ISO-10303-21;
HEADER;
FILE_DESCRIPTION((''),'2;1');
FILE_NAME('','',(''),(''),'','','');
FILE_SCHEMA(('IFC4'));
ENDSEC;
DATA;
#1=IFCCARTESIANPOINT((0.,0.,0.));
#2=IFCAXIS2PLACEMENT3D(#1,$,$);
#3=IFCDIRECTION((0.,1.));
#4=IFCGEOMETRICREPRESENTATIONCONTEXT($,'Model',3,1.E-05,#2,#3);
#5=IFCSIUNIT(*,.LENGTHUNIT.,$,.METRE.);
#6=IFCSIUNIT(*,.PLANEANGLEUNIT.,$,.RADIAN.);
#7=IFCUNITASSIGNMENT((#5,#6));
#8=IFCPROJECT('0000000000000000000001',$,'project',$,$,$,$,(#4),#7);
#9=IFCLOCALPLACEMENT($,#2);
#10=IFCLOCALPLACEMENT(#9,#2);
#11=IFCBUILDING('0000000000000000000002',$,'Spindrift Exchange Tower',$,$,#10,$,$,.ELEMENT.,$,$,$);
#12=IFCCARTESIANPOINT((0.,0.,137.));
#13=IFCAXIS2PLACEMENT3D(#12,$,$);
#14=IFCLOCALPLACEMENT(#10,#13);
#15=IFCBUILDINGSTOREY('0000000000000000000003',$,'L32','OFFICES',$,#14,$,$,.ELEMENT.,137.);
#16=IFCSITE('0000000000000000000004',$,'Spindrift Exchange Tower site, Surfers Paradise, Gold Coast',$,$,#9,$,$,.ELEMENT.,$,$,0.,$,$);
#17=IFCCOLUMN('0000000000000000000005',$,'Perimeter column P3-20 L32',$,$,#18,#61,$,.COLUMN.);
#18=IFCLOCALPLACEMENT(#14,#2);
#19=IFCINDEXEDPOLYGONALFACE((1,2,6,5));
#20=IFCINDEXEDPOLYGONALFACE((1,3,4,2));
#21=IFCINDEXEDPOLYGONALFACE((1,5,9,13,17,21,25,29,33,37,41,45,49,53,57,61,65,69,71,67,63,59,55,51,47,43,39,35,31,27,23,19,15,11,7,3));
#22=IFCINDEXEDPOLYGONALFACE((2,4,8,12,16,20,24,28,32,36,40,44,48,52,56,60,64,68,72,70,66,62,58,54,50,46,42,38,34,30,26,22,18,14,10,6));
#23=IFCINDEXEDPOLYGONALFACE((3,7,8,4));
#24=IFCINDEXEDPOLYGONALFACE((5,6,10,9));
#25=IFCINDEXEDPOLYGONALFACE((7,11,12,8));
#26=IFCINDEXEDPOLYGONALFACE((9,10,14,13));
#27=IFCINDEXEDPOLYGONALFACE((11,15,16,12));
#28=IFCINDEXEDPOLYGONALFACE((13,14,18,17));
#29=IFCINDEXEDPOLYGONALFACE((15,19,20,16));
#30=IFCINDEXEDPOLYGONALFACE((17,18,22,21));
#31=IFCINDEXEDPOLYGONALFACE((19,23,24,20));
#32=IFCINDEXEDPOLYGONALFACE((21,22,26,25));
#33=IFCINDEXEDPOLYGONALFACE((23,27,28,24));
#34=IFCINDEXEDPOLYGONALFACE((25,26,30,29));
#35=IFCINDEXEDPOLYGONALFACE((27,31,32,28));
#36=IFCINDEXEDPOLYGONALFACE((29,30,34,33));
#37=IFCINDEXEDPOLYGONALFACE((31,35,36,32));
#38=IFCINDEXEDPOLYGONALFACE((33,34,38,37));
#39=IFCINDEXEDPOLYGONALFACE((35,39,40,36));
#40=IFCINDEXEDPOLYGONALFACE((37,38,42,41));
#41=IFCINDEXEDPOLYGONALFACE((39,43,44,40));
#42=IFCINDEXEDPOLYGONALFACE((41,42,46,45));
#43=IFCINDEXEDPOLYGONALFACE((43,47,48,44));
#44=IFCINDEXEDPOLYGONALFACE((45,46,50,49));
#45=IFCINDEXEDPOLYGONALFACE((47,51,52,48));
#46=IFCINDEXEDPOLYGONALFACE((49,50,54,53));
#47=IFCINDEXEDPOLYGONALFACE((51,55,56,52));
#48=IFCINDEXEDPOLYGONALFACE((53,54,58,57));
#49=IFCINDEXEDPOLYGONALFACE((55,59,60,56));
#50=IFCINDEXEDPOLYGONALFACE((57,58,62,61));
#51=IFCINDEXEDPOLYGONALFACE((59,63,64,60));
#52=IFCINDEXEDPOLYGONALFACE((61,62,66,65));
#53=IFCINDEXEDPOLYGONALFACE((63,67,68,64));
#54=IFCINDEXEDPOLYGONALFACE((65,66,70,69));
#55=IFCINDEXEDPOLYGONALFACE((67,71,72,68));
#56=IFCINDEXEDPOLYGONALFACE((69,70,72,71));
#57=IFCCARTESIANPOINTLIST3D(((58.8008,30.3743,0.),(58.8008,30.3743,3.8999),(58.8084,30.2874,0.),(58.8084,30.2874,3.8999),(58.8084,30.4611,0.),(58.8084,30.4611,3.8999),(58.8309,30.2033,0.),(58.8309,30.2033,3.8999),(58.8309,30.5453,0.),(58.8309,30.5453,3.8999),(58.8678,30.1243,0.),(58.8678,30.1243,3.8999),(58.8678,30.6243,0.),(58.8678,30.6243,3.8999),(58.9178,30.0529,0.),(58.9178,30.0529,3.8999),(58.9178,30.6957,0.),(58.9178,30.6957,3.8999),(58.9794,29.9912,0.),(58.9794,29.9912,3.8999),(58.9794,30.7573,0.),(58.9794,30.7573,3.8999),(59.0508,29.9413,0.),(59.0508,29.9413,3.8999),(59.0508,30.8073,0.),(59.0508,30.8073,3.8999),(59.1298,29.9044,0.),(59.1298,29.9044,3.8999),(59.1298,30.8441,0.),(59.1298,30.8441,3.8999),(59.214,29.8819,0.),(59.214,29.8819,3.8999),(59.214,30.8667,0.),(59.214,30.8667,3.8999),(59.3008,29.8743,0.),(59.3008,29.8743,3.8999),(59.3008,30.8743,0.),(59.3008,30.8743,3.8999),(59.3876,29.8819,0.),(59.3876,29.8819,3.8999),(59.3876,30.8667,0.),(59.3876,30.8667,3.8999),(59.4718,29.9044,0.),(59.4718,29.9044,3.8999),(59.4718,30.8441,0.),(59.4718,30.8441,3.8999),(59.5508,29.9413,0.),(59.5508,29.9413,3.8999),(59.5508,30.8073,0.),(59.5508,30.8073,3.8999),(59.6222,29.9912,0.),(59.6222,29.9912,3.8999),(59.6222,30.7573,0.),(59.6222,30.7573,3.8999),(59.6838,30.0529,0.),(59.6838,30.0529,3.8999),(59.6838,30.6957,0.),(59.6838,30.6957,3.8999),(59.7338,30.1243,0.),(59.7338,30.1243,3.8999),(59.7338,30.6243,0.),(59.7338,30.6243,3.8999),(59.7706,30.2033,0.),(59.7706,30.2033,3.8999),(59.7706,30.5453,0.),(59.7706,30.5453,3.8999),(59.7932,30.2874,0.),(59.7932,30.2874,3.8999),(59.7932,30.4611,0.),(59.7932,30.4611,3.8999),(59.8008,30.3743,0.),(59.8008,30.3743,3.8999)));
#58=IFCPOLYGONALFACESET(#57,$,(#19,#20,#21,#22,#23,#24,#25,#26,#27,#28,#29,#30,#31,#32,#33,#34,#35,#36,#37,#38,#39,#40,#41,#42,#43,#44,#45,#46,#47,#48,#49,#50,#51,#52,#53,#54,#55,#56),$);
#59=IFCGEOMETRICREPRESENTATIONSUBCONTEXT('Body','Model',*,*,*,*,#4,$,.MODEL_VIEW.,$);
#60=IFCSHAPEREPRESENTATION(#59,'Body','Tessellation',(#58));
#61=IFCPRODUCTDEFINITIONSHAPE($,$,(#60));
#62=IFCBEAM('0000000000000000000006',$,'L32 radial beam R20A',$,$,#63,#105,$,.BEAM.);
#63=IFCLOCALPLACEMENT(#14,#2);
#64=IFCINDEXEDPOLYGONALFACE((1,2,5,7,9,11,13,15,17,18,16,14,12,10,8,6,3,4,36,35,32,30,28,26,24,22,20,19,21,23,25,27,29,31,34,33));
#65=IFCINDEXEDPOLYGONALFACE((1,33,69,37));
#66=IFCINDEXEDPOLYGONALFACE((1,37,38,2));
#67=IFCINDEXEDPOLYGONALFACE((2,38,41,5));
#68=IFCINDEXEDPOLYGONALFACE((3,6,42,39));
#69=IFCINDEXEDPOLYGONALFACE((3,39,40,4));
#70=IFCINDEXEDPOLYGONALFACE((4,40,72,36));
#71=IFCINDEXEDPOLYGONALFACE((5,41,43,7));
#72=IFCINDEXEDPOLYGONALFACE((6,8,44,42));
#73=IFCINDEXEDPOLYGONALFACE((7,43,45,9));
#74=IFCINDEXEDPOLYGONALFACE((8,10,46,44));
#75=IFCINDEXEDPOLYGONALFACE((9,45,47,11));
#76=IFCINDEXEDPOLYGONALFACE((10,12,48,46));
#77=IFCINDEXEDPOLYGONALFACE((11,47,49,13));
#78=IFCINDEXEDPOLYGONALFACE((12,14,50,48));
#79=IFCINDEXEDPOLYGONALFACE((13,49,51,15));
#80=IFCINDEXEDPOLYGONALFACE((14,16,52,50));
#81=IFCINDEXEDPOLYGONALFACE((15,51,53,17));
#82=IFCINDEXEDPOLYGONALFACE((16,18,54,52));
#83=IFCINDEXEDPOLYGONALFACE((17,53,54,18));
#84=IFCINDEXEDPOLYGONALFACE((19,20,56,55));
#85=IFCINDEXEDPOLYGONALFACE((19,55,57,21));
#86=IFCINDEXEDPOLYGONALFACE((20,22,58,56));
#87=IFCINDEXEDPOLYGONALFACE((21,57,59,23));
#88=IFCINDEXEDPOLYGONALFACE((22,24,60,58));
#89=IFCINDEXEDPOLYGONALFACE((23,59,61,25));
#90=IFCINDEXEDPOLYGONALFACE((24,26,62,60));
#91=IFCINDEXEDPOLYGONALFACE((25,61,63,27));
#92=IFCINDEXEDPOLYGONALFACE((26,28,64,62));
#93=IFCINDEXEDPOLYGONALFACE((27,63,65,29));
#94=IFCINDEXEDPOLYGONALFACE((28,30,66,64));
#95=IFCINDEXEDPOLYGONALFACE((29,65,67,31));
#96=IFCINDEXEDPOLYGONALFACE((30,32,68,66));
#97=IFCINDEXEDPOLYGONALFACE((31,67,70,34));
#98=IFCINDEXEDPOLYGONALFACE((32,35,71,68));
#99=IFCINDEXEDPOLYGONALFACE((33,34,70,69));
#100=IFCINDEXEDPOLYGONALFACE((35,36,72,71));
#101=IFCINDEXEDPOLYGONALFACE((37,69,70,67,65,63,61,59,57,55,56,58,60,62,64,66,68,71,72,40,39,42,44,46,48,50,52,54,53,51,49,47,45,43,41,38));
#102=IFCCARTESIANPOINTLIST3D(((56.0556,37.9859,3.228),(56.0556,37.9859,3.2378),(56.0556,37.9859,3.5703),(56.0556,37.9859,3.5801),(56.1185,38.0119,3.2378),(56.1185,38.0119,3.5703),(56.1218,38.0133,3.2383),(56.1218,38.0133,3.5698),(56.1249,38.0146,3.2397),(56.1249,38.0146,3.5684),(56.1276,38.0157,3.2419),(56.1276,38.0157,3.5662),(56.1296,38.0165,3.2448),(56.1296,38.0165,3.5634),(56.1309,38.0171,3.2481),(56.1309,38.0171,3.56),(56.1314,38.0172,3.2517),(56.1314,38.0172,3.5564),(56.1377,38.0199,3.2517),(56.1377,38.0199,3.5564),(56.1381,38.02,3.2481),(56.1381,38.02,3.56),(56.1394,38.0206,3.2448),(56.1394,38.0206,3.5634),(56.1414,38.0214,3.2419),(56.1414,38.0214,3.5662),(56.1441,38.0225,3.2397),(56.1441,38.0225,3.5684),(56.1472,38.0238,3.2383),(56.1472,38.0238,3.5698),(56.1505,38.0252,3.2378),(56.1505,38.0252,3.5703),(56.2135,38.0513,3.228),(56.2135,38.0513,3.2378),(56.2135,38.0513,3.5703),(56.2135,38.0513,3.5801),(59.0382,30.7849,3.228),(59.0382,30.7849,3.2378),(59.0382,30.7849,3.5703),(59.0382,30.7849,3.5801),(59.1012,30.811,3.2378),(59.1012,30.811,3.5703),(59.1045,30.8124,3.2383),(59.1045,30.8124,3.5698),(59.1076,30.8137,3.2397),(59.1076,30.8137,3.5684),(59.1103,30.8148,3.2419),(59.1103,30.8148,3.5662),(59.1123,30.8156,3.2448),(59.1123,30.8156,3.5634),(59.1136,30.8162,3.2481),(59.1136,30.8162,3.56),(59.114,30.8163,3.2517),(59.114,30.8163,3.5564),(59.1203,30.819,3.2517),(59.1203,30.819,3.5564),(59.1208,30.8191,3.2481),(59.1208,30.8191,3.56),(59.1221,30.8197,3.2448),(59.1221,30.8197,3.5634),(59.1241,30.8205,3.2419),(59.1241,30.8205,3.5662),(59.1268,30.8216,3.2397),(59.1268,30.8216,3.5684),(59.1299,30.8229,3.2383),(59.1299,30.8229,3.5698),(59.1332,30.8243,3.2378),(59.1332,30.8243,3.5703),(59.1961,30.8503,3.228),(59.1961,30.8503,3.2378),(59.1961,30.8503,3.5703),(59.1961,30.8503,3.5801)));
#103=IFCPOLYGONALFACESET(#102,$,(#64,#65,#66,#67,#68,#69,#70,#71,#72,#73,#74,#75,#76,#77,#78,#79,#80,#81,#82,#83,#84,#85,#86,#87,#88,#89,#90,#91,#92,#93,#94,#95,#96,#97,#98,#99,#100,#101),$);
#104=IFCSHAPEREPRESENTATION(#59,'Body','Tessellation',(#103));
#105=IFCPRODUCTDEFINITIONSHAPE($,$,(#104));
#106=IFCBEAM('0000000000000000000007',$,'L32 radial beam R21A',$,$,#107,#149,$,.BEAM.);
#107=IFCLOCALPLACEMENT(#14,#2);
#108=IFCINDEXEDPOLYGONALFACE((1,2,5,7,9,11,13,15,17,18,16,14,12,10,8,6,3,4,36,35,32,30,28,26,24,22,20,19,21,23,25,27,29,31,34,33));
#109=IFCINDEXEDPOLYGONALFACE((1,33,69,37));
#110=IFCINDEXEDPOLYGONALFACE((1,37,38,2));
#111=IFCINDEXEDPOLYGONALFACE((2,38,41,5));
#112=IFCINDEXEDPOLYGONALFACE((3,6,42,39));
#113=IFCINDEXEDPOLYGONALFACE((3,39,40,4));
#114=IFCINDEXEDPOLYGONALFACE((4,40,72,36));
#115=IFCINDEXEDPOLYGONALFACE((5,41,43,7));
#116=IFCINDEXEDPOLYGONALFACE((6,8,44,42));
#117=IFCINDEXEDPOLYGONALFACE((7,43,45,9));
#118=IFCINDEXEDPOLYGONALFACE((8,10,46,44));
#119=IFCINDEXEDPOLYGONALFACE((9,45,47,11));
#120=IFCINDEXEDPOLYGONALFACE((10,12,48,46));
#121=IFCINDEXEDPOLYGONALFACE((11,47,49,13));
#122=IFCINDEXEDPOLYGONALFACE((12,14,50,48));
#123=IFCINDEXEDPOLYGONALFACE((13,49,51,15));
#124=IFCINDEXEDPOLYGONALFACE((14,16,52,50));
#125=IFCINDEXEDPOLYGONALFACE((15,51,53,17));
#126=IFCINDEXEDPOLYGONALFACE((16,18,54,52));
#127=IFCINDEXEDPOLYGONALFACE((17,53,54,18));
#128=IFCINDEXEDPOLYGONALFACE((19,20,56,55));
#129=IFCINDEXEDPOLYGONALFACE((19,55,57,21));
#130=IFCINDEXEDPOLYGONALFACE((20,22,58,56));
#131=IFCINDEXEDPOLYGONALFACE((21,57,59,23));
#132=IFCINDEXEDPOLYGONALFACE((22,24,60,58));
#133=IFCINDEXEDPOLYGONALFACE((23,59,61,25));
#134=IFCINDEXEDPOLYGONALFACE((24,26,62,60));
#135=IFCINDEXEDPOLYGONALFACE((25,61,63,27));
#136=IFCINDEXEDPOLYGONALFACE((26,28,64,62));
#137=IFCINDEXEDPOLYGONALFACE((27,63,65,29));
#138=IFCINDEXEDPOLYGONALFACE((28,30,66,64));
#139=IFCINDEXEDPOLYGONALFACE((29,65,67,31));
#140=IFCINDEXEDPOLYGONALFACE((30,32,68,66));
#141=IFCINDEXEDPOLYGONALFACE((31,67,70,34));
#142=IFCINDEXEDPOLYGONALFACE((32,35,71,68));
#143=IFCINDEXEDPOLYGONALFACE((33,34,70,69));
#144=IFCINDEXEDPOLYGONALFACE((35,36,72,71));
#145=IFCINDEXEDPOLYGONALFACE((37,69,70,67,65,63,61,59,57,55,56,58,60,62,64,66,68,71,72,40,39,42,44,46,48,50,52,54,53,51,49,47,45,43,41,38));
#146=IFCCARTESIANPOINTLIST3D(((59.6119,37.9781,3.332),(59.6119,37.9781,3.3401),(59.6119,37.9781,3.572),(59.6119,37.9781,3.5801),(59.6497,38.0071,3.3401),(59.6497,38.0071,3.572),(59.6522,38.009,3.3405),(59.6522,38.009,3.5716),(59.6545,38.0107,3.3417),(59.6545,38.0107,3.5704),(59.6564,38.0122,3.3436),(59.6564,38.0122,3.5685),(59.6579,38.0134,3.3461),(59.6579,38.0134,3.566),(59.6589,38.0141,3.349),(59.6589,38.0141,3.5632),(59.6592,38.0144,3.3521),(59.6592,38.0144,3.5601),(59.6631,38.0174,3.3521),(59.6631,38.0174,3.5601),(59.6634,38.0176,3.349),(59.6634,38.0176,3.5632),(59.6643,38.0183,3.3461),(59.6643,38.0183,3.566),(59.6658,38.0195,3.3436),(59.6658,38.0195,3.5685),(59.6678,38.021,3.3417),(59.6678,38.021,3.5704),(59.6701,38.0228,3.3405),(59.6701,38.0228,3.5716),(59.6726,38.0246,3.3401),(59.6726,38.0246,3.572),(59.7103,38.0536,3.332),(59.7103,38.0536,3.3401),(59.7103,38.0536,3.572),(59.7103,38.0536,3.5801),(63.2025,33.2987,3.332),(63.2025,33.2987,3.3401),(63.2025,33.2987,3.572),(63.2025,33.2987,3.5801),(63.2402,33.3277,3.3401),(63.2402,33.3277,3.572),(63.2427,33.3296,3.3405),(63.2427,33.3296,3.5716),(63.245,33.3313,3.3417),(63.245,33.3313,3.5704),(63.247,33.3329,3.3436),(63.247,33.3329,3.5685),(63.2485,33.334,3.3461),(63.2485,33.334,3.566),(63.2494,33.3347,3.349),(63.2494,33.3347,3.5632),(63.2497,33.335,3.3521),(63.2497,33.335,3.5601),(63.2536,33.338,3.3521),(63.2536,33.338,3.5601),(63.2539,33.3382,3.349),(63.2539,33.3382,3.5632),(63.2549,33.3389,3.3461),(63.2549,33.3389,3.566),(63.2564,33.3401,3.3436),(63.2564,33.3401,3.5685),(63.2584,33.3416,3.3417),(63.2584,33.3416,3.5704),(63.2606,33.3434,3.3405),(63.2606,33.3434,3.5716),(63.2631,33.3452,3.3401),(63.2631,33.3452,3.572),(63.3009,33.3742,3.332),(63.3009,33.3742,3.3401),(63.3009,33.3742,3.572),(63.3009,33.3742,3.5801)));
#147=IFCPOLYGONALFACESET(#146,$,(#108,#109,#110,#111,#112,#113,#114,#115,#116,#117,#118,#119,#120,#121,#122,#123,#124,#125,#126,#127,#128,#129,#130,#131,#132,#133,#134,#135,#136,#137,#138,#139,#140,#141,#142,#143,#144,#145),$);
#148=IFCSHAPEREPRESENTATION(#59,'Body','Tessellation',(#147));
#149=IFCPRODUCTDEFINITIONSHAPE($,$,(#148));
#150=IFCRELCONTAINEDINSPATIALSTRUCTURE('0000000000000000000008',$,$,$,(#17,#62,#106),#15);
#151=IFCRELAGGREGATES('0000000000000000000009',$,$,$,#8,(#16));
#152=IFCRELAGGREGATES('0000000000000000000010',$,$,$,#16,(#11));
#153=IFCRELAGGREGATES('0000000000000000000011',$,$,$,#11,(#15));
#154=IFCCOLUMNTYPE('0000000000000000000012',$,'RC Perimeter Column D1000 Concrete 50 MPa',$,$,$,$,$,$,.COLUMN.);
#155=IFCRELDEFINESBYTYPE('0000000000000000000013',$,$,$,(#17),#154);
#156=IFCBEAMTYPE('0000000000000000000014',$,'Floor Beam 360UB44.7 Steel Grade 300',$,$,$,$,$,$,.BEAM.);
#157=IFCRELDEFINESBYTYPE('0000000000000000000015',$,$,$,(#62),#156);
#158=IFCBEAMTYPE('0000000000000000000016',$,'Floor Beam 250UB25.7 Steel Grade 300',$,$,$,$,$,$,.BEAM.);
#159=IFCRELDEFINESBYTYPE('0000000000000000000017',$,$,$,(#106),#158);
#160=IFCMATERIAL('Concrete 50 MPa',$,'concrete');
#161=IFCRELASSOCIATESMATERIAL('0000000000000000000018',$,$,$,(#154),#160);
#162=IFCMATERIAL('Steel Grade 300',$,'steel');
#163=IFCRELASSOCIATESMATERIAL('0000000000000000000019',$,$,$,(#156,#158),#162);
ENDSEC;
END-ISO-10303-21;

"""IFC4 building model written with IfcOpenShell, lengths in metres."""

from ifc_helpers import new_model, si_unit, direction, frame, origin, origin_2d, place, context, subcontext, project, spatial, circle, i_section, extrude, source, transform, mapped, material, material_profile, profile_set, type_object, element, save


model = new_model("IFC4")

# Units and contexts
model_context = context("Model", 3, precision=1e-05, world=origin(), true_north=direction((0.0, 1.0)))
body_context = subcontext(model_context, "Body", "Model", "MODEL_VIEW")
ifc_project = project(units=[si_unit("LENGTHUNIT", "METRE"), si_unit("PLANEANGLEUNIT", "RADIAN")], contexts=[model_context])

# Site, building, storey
site_placement = place(None, origin())
site = spatial("IfcSite", under=ifc_project, at=site_placement, Name="Spindrift Exchange Tower site, Surfers Paradise, Gold Coast", CompositionType="ELEMENT", RefElevation=0.0)
building_placement = place(site_placement, origin())
building = spatial("IfcBuilding", under=site, at=building_placement, Name="Spindrift Exchange Tower", CompositionType="ELEMENT")
storey_placement = place(building_placement, frame((0.0, 0.0, 137.0)))
storey = spatial("IfcBuildingStorey", under=building, at=storey_placement, Name="L32", Description="OFFICES", CompositionType="ELEMENT", Elevation=137.0)

# Column
ifc_material_1 = material(Name="Concrete 50 MPa", Category="concrete")
ifc_material_profile_1 = material_profile(ifc_material_1, circle(Radius=0.5, at=origin_2d()), Name="RC D1000")
ifc_profile_set_1 = profile_set([ifc_material_profile_1], Name="Concrete 50 MPa")
column_type = type_object("IfcColumnType", Name="RC Perimeter Column D1000 Concrete 50 MPa", PredefinedType="COLUMN", material=ifc_profile_set_1)
shared_shape_1 = source(origin(), body_context, "Body", "SweptSolid", [
    extrude(circle(Radius=0.5, at=origin_2d()), origin(), (0.0, 0.0, 1.0), 3.8999),
])
column_placement = place(storey_placement, frame((59.3008, 30.3743, 0.0), z_axis=(0.0, 0.0, 1.0), x_axis=(1.0, 0.0, 0.0)))
element("IfcColumn", 1, at=column_placement, inside=storey, type_object=column_type, Name="Perimeter column P3-20 L32", PredefinedType="COLUMN", context=body_context, shape_type="MappedRepresentation", body=[
    mapped(shared_shape_1, transform((0.0, 0.0, 0.0), scale=1.0)),
])

# Beams
ifc_material_2 = material(Name="Steel Grade 300", Category="steel")
ifc_material_profile_2 = material_profile(ifc_material_2, i_section(OverallWidth=0.1709, OverallDepth=0.3521, WebThickness=0.0068, FlangeThickness=0.0098, FilletRadius=0.0139, at=origin_2d()), Name="360UB44.7")
ifc_profile_set_2 = profile_set([ifc_material_profile_2], Name="Steel Grade 300")
beam_type_1 = type_object("IfcBeamType", Name="Floor Beam 360UB44.7 Steel Grade 300", PredefinedType="BEAM", material=ifc_profile_set_2)
shared_shape_2 = source(origin(), body_context, "Body", "SweptSolid", [
    extrude(i_section(OverallWidth=0.1709, OverallDepth=0.3521, WebThickness=0.0068, FlangeThickness=0.0098, FilletRadius=0.0139, at=origin_2d()), origin(), (0.0, 0.0, 1.0), 7.7942),
])
beam_1_placement = place(storey_placement, frame((56.1345, 38.0186, 3.4041), z_axis=(0.382677, -0.923882, 0.0), x_axis=(0.923882, 0.382677, 0.0)))
element("IfcBeam", 2, at=beam_1_placement, inside=storey, type_object=beam_type_1, Name="L32 radial beam R20A", PredefinedType="BEAM", context=body_context, shape_type="MappedRepresentation", body=[
    mapped(shared_shape_2, transform((0.0, 0.0, 0.0), scale=1.0)),
])
ifc_material_profile_3 = material_profile(ifc_material_2, i_section(OverallWidth=0.124, OverallDepth=0.248, WebThickness=0.0049, FlangeThickness=0.0081, FilletRadius=0.012, at=origin_2d()), Name="250UB25.7")
ifc_profile_set_3 = profile_set([ifc_material_profile_3], Name="Steel Grade 300")
beam_type_2 = type_object("IfcBeamType", Name="Floor Beam 250UB25.7 Steel Grade 300", PredefinedType="BEAM", material=ifc_profile_set_3)
shared_shape_3 = source(origin(), body_context, "Body", "SweptSolid", [
    extrude(i_section(OverallWidth=0.124, OverallDepth=0.248, WebThickness=0.0049, FlangeThickness=0.0081, FilletRadius=0.012, at=origin_2d()), origin(), (0.0, 0.0, 1.0), 5.8982),
])
beam_2_placement = place(storey_placement, frame((59.6611, 38.0159, 3.4561), z_axis=(0.608752, -0.79336, 0.0), x_axis=(0.79336, 0.608752, 0.0)))
element("IfcBeam", 3, at=beam_2_placement, inside=storey, type_object=beam_type_2, Name="L32 radial beam R21A", PredefinedType="BEAM", context=body_context, shape_type="MappedRepresentation", body=[
    mapped(shared_shape_3, transform((0.0, 0.0, 0.0), scale=1.0)),
])

save(model, "model.ifc")
